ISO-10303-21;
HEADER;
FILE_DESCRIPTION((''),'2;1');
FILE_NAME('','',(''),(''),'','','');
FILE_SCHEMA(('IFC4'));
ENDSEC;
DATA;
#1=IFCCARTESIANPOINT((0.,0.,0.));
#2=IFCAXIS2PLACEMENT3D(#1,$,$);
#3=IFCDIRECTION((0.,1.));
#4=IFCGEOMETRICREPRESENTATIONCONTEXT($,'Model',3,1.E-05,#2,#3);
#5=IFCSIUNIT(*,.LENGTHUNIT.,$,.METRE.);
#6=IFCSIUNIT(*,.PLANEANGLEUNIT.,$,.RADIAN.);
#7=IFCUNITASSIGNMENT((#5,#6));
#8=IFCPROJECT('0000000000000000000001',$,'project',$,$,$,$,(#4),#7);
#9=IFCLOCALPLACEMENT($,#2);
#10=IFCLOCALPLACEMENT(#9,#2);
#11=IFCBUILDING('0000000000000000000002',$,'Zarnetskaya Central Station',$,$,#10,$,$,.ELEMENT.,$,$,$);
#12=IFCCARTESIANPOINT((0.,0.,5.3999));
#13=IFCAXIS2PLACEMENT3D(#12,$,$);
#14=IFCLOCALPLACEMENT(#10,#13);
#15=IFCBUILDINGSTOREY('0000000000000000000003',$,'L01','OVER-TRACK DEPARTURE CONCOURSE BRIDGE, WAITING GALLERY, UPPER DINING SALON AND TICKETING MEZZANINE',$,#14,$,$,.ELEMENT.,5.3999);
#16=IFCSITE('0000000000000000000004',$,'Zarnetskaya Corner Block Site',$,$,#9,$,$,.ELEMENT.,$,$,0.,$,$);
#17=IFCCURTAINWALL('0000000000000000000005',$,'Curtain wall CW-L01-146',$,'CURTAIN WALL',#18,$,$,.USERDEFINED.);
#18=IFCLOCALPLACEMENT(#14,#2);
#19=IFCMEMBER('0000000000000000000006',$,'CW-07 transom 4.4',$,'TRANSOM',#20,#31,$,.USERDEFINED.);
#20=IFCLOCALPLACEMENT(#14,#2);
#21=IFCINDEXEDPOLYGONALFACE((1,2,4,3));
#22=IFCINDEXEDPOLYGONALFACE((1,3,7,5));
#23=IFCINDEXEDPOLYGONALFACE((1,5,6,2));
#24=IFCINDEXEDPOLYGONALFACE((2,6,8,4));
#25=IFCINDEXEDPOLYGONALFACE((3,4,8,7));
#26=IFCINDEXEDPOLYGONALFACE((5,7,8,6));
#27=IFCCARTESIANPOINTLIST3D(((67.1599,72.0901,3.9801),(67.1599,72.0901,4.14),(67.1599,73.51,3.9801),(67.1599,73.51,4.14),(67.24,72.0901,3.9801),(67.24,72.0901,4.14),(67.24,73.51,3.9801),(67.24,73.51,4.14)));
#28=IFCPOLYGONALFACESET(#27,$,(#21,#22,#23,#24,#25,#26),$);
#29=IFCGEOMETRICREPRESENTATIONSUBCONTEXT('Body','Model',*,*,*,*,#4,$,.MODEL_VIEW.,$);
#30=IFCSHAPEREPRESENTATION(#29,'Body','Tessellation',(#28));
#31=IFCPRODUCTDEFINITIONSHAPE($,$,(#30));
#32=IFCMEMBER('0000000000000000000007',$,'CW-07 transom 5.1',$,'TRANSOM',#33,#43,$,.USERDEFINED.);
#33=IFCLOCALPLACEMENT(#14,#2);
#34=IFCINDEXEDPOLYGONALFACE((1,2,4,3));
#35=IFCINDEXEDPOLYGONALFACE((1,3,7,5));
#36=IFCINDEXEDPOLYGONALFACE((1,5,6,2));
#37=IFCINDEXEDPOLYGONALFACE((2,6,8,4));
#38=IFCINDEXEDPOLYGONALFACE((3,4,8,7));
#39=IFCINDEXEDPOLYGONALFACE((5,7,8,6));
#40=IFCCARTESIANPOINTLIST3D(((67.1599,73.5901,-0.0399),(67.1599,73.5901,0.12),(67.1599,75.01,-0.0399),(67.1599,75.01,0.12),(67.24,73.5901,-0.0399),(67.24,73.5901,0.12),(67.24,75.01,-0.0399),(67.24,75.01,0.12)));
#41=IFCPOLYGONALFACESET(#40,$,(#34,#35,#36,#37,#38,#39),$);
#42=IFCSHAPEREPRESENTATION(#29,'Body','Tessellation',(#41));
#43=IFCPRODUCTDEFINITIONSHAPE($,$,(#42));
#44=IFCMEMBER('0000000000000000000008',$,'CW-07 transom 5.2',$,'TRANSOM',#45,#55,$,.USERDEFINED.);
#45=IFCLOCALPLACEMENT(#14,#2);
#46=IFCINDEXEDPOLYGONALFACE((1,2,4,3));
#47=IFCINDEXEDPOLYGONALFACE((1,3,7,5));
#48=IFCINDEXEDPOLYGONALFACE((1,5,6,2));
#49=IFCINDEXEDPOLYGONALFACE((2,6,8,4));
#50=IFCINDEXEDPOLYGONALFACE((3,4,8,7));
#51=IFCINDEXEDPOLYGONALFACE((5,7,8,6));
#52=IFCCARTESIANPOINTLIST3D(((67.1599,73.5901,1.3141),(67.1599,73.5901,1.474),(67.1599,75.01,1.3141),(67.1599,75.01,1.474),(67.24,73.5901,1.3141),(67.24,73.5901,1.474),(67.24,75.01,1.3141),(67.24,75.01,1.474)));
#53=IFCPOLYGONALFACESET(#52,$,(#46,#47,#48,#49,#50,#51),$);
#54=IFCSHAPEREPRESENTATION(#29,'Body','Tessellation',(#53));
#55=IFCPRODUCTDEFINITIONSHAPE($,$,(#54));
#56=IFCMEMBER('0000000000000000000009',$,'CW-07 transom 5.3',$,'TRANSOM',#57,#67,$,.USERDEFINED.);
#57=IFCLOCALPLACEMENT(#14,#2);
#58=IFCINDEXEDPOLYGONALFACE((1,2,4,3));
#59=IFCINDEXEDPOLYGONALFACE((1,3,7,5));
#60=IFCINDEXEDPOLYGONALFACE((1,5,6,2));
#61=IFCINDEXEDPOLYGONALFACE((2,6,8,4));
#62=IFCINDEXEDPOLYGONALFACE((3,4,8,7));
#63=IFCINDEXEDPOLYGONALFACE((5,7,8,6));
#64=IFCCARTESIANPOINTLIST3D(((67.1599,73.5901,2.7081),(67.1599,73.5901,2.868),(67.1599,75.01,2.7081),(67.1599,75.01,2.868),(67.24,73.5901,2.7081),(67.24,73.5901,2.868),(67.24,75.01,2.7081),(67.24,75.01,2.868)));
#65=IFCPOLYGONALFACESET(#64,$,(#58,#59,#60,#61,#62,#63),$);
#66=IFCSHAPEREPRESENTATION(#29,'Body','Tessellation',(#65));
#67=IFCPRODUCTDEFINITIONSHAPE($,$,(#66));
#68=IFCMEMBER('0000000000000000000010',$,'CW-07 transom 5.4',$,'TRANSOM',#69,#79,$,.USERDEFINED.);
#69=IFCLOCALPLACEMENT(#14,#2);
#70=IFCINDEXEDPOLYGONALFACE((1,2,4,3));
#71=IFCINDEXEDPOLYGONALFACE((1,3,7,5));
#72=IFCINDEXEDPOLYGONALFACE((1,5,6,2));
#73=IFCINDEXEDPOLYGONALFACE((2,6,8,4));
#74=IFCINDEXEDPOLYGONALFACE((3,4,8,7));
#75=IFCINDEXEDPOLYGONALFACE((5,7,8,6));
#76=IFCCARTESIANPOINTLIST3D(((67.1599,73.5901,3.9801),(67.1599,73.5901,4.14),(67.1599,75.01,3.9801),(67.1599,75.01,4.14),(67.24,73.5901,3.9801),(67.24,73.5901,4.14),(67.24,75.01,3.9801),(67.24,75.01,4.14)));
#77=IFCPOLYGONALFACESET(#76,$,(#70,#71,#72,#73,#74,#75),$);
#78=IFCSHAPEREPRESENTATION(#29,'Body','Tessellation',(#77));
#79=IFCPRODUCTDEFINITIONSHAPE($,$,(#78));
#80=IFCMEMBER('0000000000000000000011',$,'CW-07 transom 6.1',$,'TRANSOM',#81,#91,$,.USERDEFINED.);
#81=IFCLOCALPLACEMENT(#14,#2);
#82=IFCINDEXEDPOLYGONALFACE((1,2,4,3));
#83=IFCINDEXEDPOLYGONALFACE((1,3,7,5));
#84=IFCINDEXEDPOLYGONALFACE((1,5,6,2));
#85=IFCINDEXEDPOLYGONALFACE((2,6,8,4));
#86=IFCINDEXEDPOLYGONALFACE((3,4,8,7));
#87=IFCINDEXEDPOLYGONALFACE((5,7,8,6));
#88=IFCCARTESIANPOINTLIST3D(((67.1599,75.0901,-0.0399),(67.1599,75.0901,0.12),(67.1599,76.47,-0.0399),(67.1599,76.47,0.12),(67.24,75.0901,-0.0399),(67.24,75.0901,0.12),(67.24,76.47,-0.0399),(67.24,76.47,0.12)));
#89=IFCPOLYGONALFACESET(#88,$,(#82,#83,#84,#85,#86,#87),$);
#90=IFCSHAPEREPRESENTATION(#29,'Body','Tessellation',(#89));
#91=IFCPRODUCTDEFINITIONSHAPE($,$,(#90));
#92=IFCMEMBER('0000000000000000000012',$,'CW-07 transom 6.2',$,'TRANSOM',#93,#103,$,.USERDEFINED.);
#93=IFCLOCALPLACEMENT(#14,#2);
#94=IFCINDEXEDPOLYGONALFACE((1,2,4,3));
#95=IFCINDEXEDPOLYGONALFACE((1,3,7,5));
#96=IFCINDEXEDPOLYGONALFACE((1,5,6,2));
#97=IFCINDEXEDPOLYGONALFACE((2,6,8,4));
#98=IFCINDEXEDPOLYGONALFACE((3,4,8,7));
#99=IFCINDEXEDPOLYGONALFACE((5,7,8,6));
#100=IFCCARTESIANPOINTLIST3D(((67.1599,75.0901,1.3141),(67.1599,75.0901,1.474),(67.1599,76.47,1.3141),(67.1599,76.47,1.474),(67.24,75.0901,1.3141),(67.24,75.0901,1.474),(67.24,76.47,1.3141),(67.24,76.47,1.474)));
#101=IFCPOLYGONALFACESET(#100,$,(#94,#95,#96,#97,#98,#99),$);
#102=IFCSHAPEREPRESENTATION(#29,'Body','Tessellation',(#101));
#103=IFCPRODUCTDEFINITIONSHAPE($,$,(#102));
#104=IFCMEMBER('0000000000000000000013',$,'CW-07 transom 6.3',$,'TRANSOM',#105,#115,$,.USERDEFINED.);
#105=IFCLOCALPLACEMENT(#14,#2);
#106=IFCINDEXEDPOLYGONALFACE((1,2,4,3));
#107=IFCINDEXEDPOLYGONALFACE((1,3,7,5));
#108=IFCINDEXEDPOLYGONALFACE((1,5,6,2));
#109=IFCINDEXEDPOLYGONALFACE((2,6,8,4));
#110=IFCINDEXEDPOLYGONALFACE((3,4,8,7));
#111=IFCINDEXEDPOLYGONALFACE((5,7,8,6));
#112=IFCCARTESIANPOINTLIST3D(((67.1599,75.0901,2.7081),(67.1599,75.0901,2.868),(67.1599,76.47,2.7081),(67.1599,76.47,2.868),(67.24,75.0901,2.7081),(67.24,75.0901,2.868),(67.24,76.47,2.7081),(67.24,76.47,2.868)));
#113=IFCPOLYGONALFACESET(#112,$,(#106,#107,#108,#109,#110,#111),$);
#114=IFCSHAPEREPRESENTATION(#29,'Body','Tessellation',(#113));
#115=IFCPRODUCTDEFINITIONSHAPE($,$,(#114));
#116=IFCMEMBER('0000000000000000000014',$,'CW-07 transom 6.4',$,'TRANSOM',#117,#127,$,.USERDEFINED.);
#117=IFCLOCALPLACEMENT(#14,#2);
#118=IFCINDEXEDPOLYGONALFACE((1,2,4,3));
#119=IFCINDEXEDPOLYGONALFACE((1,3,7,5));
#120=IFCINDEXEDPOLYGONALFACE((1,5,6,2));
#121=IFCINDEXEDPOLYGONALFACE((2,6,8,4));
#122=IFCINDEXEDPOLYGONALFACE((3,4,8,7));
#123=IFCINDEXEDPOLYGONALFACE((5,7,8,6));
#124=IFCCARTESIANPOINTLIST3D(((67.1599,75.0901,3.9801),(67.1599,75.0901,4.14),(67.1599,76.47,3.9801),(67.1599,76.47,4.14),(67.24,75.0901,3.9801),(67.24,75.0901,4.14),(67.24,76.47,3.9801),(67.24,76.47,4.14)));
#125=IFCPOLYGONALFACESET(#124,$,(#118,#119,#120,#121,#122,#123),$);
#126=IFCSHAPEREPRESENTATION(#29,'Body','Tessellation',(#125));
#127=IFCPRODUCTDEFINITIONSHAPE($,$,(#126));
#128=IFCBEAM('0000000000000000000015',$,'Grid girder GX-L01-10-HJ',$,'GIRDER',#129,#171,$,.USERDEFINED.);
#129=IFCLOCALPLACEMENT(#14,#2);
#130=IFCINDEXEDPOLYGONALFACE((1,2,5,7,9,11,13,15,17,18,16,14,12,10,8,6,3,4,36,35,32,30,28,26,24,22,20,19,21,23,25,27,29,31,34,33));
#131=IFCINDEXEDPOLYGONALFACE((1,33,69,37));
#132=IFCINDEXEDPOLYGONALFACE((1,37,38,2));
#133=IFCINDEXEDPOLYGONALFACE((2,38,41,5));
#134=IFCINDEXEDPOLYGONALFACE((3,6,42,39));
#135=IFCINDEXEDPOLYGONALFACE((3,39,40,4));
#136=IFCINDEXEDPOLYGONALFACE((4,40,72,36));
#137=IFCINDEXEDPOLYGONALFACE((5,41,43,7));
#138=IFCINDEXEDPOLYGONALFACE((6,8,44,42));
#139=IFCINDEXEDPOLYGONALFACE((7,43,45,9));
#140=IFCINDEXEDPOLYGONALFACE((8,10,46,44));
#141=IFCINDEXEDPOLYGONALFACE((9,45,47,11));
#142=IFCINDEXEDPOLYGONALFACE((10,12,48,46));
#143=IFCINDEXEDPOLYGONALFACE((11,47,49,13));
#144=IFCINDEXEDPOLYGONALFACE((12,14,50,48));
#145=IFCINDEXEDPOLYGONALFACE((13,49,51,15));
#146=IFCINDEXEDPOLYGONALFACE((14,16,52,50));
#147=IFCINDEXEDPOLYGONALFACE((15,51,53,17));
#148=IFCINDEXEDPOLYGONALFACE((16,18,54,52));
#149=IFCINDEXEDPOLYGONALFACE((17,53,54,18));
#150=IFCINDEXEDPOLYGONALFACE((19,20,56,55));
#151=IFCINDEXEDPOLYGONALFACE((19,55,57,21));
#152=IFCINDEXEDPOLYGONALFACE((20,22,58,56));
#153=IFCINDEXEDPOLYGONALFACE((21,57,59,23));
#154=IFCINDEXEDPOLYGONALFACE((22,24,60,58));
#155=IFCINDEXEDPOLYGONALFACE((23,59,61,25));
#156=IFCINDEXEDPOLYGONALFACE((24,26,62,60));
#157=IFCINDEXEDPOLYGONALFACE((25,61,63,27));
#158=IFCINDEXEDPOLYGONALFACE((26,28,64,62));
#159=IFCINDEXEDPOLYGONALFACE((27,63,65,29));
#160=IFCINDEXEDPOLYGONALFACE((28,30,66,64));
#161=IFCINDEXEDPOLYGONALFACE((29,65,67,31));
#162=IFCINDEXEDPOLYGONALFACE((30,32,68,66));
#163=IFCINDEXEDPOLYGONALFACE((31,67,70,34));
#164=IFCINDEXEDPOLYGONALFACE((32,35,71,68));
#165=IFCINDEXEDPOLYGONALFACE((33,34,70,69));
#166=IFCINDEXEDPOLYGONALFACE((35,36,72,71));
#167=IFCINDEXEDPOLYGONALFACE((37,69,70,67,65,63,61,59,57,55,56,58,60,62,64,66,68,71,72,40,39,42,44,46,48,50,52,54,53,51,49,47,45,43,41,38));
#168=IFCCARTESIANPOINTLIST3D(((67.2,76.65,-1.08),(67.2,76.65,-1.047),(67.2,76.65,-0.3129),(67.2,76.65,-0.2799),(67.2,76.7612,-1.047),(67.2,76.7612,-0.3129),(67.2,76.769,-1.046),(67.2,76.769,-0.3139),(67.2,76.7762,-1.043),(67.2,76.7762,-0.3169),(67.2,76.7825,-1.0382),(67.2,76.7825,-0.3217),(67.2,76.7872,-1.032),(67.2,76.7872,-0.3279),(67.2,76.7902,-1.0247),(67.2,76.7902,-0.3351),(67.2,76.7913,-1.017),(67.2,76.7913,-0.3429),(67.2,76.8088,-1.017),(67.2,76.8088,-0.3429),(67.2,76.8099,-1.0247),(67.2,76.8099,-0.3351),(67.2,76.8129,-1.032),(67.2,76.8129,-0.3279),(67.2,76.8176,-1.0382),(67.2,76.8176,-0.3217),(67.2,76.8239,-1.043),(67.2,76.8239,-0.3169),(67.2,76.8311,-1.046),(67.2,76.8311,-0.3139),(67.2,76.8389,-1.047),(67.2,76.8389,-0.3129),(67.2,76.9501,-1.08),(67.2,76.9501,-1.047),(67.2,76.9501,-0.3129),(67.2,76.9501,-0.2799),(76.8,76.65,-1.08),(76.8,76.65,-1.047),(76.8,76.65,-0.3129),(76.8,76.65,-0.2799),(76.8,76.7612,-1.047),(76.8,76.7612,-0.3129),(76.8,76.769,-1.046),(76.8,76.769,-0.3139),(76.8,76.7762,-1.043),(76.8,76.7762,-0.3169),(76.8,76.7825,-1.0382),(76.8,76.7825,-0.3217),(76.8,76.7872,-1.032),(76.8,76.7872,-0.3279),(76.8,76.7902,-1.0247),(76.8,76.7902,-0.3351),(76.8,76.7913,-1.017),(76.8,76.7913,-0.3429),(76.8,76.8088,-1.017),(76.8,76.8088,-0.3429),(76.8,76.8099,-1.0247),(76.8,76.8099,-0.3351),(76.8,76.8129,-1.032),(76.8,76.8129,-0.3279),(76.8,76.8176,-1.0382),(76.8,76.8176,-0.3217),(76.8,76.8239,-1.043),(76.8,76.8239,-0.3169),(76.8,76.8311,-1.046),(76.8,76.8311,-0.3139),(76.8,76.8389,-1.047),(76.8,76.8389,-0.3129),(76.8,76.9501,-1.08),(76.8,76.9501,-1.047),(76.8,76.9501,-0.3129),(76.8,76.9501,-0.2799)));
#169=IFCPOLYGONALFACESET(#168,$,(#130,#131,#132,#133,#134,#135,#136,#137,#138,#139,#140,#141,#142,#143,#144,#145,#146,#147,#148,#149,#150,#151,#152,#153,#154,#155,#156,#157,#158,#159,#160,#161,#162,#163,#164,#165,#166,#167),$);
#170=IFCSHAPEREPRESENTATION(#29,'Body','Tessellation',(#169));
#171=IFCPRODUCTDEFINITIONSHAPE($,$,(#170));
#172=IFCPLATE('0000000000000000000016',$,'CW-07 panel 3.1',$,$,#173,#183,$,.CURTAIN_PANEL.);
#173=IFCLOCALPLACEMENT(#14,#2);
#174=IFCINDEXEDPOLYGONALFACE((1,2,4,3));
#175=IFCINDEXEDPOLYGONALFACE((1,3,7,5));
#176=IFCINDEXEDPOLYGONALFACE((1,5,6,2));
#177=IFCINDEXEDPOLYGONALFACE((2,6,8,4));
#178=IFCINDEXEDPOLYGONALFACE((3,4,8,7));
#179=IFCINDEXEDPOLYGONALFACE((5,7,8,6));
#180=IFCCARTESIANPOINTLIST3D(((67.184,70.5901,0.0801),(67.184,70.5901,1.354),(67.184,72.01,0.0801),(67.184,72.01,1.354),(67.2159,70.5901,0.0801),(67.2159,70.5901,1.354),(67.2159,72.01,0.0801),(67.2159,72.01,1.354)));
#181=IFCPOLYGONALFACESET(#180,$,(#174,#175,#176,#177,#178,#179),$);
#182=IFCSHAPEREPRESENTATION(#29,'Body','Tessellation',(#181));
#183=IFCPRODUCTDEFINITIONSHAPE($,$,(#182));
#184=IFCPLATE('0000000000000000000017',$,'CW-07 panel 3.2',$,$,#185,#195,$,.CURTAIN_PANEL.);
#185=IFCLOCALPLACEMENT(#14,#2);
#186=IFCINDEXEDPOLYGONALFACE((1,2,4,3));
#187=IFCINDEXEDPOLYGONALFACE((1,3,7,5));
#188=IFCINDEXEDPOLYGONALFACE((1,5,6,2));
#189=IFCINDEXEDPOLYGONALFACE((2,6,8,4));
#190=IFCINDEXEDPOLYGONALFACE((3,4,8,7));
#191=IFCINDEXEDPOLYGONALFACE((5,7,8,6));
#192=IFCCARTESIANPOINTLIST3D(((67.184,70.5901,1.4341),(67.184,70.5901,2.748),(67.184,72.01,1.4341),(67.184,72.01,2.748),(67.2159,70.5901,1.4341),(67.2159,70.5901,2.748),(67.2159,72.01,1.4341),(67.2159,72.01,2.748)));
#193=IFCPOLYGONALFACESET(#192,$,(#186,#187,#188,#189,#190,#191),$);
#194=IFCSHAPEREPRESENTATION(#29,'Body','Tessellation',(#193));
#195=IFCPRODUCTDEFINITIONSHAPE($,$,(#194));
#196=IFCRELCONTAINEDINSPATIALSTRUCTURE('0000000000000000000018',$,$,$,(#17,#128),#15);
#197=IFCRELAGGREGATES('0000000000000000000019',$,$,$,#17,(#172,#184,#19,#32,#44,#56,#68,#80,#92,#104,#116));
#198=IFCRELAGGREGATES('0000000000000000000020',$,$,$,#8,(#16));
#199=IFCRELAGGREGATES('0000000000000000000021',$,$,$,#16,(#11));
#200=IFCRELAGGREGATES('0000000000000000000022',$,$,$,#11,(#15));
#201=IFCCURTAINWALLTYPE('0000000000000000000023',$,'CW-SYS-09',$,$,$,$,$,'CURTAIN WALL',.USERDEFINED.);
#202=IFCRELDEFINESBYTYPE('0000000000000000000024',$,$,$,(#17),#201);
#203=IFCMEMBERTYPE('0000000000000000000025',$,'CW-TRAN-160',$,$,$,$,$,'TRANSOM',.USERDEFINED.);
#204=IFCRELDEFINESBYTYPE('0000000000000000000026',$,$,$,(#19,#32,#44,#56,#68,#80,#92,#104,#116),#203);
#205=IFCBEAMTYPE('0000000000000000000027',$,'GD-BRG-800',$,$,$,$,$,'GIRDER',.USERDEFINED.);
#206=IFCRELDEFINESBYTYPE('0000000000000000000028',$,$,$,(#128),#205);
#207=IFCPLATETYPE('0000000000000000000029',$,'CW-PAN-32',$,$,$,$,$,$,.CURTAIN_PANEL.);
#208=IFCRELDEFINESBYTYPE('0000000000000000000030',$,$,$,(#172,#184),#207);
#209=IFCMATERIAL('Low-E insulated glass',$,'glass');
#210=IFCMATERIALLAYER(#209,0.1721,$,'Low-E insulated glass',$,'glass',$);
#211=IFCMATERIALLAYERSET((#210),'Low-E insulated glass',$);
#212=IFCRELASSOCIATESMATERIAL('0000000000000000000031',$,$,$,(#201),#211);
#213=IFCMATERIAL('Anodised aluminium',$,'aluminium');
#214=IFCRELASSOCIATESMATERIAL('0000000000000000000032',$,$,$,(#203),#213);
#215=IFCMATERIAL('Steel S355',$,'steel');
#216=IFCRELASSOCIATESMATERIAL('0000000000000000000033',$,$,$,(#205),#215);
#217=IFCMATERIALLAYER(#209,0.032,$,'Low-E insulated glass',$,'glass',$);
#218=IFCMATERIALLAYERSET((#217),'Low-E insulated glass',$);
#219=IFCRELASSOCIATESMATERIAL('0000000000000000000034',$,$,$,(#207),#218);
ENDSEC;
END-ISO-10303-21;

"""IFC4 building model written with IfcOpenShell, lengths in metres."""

from ifc_helpers import new_model, si_unit, direction, frame, origin, origin_2d, place, context, subcontext, project, spatial, rectangle, i_section, extrude, material, layer, layer_set, material_profile, profile_set, type_object, element, aggregate, save


model = new_model("IFC4")

# Units and contexts
model_context = context("Model", 3, precision=1e-05, world=origin(), true_north=direction((0.0, 1.0)))
body_context = subcontext(model_context, "Body", "Model", "MODEL_VIEW")
ifc_project = project(units=[si_unit("LENGTHUNIT", "METRE"), si_unit("PLANEANGLEUNIT", "RADIAN")], contexts=[model_context])

# Site, building, storey
site_placement = place(None, origin())
site = spatial("IfcSite", under=ifc_project, at=site_placement, Name="Zarnetskaya Corner Block Site", CompositionType="ELEMENT", RefElevation=0.0)
building_placement = place(site_placement, origin())
building = spatial("IfcBuilding", under=site, at=building_placement, Name="Zarnetskaya Central Station", CompositionType="ELEMENT")
storey_placement = place(building_placement, frame((0.0, 0.0, 5.3999)))
storey = spatial("IfcBuildingStorey", under=building, at=storey_placement, Name="L01", Description="OVER-TRACK DEPARTURE CONCOURSE BRIDGE, WAITING GALLERY, UPPER DINING SALON AND TICKETING MEZZANINE", CompositionType="ELEMENT", Elevation=5.3999)

# Shared definitions
ifc_material_1 = material(Name="Low-E insulated glass", Category="glass")
ifc_layer_1 = layer(ifc_material_1, 0.1721, Name="Low-E insulated glass", Category="glass")
ifc_layer_set_1 = layer_set([ifc_layer_1], Name="Low-E insulated glass")
curtain_wall_type = type_object("IfcCurtainWallType", Name="CW-SYS-09", ElementType="CURTAIN WALL", PredefinedType="USERDEFINED", material=ifc_layer_set_1)
ifc_material_2 = material(Name="Anodised aluminium", Category="aluminium")

# Curtain wall
curtain_wall_1_placement = place(storey_placement, origin())
curtain_wall_1 = element("IfcCurtainWall", 1, at=curtain_wall_1_placement, inside=storey, type_object=curtain_wall_type, Name="Curtain wall CW-L01-146", ObjectType="CURTAIN WALL", PredefinedType="USERDEFINED")

# Members
ifc_material_profile_1 = material_profile(ifc_material_2, rectangle(XDim=0.0801, YDim=0.1599, at=origin_2d()), Name="ALU TRAN 80x160")
ifc_profile_set_1 = profile_set([ifc_material_profile_1], Name="Anodised aluminium")
member_type_1 = type_object("IfcMemberType", Name="CW-TRAN-160", ElementType="TRANSOM", PredefinedType="USERDEFINED", material=ifc_profile_set_1)
member_1_placement = place(storey_placement, frame((67.2, 72.0901, 4.0601), z_axis=(0.0, 1.0, 0.0), x_axis=(-1.0, 0.0, 0.0)))
member_1 = element("IfcMember", 2, at=member_1_placement, type_object=member_type_1, Name="CW-07 transom 4.4", ObjectType="TRANSOM", PredefinedType="USERDEFINED", context=body_context, shape_type="SweptSolid", body=[
    extrude(rectangle(XDim=0.0801, YDim=0.1599, at=origin_2d()), origin(), (0.0, 0.0, 1.0), 1.4199),
])
member_2_placement = place(storey_placement, frame((67.2, 73.5901, 0.04), z_axis=(0.0, 1.0, 0.0), x_axis=(-1.0, 0.0, 0.0)))
member_2 = element("IfcMember", 3, at=member_2_placement, type_object=member_type_1, Name="CW-07 transom 5.1", ObjectType="TRANSOM", PredefinedType="USERDEFINED", context=body_context, shape_type="SweptSolid", body=[
    extrude(rectangle(XDim=0.0801, YDim=0.1599, at=origin_2d()), origin(), (0.0, 0.0, 1.0), 1.4199),
])
member_3_placement = place(storey_placement, frame((67.2, 73.5901, 1.394), z_axis=(0.0, 1.0, 0.0), x_axis=(-1.0, 0.0, 0.0)))
member_3 = element("IfcMember", 4, at=member_3_placement, type_object=member_type_1, Name="CW-07 transom 5.2", ObjectType="TRANSOM", PredefinedType="USERDEFINED", context=body_context, shape_type="SweptSolid", body=[
    extrude(rectangle(XDim=0.0801, YDim=0.1599, at=origin_2d()), origin(), (0.0, 0.0, 1.0), 1.4199),
])
member_4_placement = place(storey_placement, frame((67.2, 73.5901, 2.7881), z_axis=(0.0, 1.0, 0.0), x_axis=(-1.0, 0.0, 0.0)))
member_4 = element("IfcMember", 5, at=member_4_placement, type_object=member_type_1, Name="CW-07 transom 5.3", ObjectType="TRANSOM", PredefinedType="USERDEFINED", context=body_context, shape_type="SweptSolid", body=[
    extrude(rectangle(XDim=0.0801, YDim=0.1599, at=origin_2d()), origin(), (0.0, 0.0, 1.0), 1.4199),
])
member_5_placement = place(storey_placement, frame((67.2, 73.5901, 4.0601), z_axis=(0.0, 1.0, 0.0), x_axis=(-1.0, 0.0, 0.0)))
member_5 = element("IfcMember", 6, at=member_5_placement, type_object=member_type_1, Name="CW-07 transom 5.4", ObjectType="TRANSOM", PredefinedType="USERDEFINED", context=body_context, shape_type="SweptSolid", body=[
    extrude(rectangle(XDim=0.0801, YDim=0.1599, at=origin_2d()), origin(), (0.0, 0.0, 1.0), 1.4199),
])
member_6_placement = place(storey_placement, frame((67.2, 75.0901, 0.04), z_axis=(0.0, 1.0, 0.0), x_axis=(-1.0, 0.0, 0.0)))
member_6 = element("IfcMember", 7, at=member_6_placement, type_object=member_type_1, Name="CW-07 transom 6.1", ObjectType="TRANSOM", PredefinedType="USERDEFINED", context=body_context, shape_type="SweptSolid", body=[
    extrude(rectangle(XDim=0.0801, YDim=0.1599, at=origin_2d()), origin(), (0.0, 0.0, 1.0), 1.3799),
])
member_7_placement = place(storey_placement, frame((67.2, 75.0901, 1.394), z_axis=(0.0, 1.0, 0.0), x_axis=(-1.0, 0.0, 0.0)))
member_7 = element("IfcMember", 8, at=member_7_placement, type_object=member_type_1, Name="CW-07 transom 6.2", ObjectType="TRANSOM", PredefinedType="USERDEFINED", context=body_context, shape_type="SweptSolid", body=[
    extrude(rectangle(XDim=0.0801, YDim=0.1599, at=origin_2d()), origin(), (0.0, 0.0, 1.0), 1.3799),
])
member_8_placement = place(storey_placement, frame((67.2, 75.0901, 2.7881), z_axis=(0.0, 1.0, 0.0), x_axis=(-1.0, 0.0, 0.0)))
member_8 = element("IfcMember", 9, at=member_8_placement, type_object=member_type_1, Name="CW-07 transom 6.3", ObjectType="TRANSOM", PredefinedType="USERDEFINED", context=body_context, shape_type="SweptSolid", body=[
    extrude(rectangle(XDim=0.0801, YDim=0.1599, at=origin_2d()), origin(), (0.0, 0.0, 1.0), 1.3799),
])
member_9_placement = place(storey_placement, frame((67.2, 75.0901, 4.0601), z_axis=(0.0, 1.0, 0.0), x_axis=(-1.0, 0.0, 0.0)))
member_9 = element("IfcMember", 10, at=member_9_placement, type_object=member_type_1, Name="CW-07 transom 6.4", ObjectType="TRANSOM", PredefinedType="USERDEFINED", context=body_context, shape_type="SweptSolid", body=[
    extrude(rectangle(XDim=0.0801, YDim=0.1599, at=origin_2d()), origin(), (0.0, 0.0, 1.0), 1.3799),
])

# Beam
ifc_material_3 = material(Name="Steel S355", Category="steel")
ifc_material_profile_2 = material_profile(ifc_material_3, i_section(OverallWidth=0.3, OverallDepth=0.8, WebThickness=0.0176, FlangeThickness=0.033, FilletRadius=0.03, at=origin_2d()), Name="HEB 800")
ifc_profile_set_2 = profile_set([ifc_material_profile_2], Name="Steel S355")
beam_type = type_object("IfcBeamType", Name="GD-BRG-800", ElementType="GIRDER", PredefinedType="USERDEFINED", material=ifc_profile_set_2)
beam_placement = place(storey_placement, frame((67.2, 76.8, -0.6799), z_axis=(1.0, 0.0, 0.0), x_axis=(0.0, 1.0, 0.0)))
element("IfcBeam", 11, at=beam_placement, inside=storey, type_object=beam_type, Name="Grid girder GX-L01-10-HJ", ObjectType="GIRDER", PredefinedType="USERDEFINED", context=body_context, shape_type="SweptSolid", body=[
    extrude(i_section(OverallWidth=0.3, OverallDepth=0.8, WebThickness=0.0176, FlangeThickness=0.033, FilletRadius=0.03, at=origin_2d()), origin(), (0.0, 0.0, 1.0), 9.6001),
])

# Plates
ifc_layer_2 = layer(ifc_material_1, 0.032, Name="Low-E insulated glass", Category="glass")
ifc_layer_set_2 = layer_set([ifc_layer_2], Name="Low-E insulated glass")
plate_type_1 = type_object("IfcPlateType", Name="CW-PAN-32", PredefinedType="CURTAIN_PANEL", material=ifc_layer_set_2)
plate_1_placement = place(storey_placement, frame((67.2, 71.3, 0.0801), z_axis=(0.0, 0.0, 1.0), x_axis=(0.0, 1.0, 0.0)))
plate_1 = element("IfcPlate", 12, at=plate_1_placement, type_object=plate_type_1, Name="CW-07 panel 3.1", PredefinedType="CURTAIN_PANEL", context=body_context, shape_type="SweptSolid", body=[
    extrude(rectangle(XDim=1.4199, YDim=0.032, at=origin_2d()), origin(), (0.0, 0.0, 1.0), 1.2739),
])
plate_2_placement = place(storey_placement, frame((67.2, 71.3, 1.4341), z_axis=(0.0, 0.0, 1.0), x_axis=(0.0, 1.0, 0.0)))
plate_2 = element("IfcPlate", 13, at=plate_2_placement, type_object=plate_type_1, Name="CW-07 panel 3.2", PredefinedType="CURTAIN_PANEL", context=body_context, shape_type="SweptSolid", body=[
    extrude(rectangle(XDim=1.4199, YDim=0.032, at=origin_2d()), origin(), (0.0, 0.0, 1.0), 1.314),
])
aggregate(curtain_wall_1, [plate_1, plate_2, member_1, member_2, member_3, member_4, member_5, member_6, member_7, member_8, member_9])

save(model, "model.ifc")
